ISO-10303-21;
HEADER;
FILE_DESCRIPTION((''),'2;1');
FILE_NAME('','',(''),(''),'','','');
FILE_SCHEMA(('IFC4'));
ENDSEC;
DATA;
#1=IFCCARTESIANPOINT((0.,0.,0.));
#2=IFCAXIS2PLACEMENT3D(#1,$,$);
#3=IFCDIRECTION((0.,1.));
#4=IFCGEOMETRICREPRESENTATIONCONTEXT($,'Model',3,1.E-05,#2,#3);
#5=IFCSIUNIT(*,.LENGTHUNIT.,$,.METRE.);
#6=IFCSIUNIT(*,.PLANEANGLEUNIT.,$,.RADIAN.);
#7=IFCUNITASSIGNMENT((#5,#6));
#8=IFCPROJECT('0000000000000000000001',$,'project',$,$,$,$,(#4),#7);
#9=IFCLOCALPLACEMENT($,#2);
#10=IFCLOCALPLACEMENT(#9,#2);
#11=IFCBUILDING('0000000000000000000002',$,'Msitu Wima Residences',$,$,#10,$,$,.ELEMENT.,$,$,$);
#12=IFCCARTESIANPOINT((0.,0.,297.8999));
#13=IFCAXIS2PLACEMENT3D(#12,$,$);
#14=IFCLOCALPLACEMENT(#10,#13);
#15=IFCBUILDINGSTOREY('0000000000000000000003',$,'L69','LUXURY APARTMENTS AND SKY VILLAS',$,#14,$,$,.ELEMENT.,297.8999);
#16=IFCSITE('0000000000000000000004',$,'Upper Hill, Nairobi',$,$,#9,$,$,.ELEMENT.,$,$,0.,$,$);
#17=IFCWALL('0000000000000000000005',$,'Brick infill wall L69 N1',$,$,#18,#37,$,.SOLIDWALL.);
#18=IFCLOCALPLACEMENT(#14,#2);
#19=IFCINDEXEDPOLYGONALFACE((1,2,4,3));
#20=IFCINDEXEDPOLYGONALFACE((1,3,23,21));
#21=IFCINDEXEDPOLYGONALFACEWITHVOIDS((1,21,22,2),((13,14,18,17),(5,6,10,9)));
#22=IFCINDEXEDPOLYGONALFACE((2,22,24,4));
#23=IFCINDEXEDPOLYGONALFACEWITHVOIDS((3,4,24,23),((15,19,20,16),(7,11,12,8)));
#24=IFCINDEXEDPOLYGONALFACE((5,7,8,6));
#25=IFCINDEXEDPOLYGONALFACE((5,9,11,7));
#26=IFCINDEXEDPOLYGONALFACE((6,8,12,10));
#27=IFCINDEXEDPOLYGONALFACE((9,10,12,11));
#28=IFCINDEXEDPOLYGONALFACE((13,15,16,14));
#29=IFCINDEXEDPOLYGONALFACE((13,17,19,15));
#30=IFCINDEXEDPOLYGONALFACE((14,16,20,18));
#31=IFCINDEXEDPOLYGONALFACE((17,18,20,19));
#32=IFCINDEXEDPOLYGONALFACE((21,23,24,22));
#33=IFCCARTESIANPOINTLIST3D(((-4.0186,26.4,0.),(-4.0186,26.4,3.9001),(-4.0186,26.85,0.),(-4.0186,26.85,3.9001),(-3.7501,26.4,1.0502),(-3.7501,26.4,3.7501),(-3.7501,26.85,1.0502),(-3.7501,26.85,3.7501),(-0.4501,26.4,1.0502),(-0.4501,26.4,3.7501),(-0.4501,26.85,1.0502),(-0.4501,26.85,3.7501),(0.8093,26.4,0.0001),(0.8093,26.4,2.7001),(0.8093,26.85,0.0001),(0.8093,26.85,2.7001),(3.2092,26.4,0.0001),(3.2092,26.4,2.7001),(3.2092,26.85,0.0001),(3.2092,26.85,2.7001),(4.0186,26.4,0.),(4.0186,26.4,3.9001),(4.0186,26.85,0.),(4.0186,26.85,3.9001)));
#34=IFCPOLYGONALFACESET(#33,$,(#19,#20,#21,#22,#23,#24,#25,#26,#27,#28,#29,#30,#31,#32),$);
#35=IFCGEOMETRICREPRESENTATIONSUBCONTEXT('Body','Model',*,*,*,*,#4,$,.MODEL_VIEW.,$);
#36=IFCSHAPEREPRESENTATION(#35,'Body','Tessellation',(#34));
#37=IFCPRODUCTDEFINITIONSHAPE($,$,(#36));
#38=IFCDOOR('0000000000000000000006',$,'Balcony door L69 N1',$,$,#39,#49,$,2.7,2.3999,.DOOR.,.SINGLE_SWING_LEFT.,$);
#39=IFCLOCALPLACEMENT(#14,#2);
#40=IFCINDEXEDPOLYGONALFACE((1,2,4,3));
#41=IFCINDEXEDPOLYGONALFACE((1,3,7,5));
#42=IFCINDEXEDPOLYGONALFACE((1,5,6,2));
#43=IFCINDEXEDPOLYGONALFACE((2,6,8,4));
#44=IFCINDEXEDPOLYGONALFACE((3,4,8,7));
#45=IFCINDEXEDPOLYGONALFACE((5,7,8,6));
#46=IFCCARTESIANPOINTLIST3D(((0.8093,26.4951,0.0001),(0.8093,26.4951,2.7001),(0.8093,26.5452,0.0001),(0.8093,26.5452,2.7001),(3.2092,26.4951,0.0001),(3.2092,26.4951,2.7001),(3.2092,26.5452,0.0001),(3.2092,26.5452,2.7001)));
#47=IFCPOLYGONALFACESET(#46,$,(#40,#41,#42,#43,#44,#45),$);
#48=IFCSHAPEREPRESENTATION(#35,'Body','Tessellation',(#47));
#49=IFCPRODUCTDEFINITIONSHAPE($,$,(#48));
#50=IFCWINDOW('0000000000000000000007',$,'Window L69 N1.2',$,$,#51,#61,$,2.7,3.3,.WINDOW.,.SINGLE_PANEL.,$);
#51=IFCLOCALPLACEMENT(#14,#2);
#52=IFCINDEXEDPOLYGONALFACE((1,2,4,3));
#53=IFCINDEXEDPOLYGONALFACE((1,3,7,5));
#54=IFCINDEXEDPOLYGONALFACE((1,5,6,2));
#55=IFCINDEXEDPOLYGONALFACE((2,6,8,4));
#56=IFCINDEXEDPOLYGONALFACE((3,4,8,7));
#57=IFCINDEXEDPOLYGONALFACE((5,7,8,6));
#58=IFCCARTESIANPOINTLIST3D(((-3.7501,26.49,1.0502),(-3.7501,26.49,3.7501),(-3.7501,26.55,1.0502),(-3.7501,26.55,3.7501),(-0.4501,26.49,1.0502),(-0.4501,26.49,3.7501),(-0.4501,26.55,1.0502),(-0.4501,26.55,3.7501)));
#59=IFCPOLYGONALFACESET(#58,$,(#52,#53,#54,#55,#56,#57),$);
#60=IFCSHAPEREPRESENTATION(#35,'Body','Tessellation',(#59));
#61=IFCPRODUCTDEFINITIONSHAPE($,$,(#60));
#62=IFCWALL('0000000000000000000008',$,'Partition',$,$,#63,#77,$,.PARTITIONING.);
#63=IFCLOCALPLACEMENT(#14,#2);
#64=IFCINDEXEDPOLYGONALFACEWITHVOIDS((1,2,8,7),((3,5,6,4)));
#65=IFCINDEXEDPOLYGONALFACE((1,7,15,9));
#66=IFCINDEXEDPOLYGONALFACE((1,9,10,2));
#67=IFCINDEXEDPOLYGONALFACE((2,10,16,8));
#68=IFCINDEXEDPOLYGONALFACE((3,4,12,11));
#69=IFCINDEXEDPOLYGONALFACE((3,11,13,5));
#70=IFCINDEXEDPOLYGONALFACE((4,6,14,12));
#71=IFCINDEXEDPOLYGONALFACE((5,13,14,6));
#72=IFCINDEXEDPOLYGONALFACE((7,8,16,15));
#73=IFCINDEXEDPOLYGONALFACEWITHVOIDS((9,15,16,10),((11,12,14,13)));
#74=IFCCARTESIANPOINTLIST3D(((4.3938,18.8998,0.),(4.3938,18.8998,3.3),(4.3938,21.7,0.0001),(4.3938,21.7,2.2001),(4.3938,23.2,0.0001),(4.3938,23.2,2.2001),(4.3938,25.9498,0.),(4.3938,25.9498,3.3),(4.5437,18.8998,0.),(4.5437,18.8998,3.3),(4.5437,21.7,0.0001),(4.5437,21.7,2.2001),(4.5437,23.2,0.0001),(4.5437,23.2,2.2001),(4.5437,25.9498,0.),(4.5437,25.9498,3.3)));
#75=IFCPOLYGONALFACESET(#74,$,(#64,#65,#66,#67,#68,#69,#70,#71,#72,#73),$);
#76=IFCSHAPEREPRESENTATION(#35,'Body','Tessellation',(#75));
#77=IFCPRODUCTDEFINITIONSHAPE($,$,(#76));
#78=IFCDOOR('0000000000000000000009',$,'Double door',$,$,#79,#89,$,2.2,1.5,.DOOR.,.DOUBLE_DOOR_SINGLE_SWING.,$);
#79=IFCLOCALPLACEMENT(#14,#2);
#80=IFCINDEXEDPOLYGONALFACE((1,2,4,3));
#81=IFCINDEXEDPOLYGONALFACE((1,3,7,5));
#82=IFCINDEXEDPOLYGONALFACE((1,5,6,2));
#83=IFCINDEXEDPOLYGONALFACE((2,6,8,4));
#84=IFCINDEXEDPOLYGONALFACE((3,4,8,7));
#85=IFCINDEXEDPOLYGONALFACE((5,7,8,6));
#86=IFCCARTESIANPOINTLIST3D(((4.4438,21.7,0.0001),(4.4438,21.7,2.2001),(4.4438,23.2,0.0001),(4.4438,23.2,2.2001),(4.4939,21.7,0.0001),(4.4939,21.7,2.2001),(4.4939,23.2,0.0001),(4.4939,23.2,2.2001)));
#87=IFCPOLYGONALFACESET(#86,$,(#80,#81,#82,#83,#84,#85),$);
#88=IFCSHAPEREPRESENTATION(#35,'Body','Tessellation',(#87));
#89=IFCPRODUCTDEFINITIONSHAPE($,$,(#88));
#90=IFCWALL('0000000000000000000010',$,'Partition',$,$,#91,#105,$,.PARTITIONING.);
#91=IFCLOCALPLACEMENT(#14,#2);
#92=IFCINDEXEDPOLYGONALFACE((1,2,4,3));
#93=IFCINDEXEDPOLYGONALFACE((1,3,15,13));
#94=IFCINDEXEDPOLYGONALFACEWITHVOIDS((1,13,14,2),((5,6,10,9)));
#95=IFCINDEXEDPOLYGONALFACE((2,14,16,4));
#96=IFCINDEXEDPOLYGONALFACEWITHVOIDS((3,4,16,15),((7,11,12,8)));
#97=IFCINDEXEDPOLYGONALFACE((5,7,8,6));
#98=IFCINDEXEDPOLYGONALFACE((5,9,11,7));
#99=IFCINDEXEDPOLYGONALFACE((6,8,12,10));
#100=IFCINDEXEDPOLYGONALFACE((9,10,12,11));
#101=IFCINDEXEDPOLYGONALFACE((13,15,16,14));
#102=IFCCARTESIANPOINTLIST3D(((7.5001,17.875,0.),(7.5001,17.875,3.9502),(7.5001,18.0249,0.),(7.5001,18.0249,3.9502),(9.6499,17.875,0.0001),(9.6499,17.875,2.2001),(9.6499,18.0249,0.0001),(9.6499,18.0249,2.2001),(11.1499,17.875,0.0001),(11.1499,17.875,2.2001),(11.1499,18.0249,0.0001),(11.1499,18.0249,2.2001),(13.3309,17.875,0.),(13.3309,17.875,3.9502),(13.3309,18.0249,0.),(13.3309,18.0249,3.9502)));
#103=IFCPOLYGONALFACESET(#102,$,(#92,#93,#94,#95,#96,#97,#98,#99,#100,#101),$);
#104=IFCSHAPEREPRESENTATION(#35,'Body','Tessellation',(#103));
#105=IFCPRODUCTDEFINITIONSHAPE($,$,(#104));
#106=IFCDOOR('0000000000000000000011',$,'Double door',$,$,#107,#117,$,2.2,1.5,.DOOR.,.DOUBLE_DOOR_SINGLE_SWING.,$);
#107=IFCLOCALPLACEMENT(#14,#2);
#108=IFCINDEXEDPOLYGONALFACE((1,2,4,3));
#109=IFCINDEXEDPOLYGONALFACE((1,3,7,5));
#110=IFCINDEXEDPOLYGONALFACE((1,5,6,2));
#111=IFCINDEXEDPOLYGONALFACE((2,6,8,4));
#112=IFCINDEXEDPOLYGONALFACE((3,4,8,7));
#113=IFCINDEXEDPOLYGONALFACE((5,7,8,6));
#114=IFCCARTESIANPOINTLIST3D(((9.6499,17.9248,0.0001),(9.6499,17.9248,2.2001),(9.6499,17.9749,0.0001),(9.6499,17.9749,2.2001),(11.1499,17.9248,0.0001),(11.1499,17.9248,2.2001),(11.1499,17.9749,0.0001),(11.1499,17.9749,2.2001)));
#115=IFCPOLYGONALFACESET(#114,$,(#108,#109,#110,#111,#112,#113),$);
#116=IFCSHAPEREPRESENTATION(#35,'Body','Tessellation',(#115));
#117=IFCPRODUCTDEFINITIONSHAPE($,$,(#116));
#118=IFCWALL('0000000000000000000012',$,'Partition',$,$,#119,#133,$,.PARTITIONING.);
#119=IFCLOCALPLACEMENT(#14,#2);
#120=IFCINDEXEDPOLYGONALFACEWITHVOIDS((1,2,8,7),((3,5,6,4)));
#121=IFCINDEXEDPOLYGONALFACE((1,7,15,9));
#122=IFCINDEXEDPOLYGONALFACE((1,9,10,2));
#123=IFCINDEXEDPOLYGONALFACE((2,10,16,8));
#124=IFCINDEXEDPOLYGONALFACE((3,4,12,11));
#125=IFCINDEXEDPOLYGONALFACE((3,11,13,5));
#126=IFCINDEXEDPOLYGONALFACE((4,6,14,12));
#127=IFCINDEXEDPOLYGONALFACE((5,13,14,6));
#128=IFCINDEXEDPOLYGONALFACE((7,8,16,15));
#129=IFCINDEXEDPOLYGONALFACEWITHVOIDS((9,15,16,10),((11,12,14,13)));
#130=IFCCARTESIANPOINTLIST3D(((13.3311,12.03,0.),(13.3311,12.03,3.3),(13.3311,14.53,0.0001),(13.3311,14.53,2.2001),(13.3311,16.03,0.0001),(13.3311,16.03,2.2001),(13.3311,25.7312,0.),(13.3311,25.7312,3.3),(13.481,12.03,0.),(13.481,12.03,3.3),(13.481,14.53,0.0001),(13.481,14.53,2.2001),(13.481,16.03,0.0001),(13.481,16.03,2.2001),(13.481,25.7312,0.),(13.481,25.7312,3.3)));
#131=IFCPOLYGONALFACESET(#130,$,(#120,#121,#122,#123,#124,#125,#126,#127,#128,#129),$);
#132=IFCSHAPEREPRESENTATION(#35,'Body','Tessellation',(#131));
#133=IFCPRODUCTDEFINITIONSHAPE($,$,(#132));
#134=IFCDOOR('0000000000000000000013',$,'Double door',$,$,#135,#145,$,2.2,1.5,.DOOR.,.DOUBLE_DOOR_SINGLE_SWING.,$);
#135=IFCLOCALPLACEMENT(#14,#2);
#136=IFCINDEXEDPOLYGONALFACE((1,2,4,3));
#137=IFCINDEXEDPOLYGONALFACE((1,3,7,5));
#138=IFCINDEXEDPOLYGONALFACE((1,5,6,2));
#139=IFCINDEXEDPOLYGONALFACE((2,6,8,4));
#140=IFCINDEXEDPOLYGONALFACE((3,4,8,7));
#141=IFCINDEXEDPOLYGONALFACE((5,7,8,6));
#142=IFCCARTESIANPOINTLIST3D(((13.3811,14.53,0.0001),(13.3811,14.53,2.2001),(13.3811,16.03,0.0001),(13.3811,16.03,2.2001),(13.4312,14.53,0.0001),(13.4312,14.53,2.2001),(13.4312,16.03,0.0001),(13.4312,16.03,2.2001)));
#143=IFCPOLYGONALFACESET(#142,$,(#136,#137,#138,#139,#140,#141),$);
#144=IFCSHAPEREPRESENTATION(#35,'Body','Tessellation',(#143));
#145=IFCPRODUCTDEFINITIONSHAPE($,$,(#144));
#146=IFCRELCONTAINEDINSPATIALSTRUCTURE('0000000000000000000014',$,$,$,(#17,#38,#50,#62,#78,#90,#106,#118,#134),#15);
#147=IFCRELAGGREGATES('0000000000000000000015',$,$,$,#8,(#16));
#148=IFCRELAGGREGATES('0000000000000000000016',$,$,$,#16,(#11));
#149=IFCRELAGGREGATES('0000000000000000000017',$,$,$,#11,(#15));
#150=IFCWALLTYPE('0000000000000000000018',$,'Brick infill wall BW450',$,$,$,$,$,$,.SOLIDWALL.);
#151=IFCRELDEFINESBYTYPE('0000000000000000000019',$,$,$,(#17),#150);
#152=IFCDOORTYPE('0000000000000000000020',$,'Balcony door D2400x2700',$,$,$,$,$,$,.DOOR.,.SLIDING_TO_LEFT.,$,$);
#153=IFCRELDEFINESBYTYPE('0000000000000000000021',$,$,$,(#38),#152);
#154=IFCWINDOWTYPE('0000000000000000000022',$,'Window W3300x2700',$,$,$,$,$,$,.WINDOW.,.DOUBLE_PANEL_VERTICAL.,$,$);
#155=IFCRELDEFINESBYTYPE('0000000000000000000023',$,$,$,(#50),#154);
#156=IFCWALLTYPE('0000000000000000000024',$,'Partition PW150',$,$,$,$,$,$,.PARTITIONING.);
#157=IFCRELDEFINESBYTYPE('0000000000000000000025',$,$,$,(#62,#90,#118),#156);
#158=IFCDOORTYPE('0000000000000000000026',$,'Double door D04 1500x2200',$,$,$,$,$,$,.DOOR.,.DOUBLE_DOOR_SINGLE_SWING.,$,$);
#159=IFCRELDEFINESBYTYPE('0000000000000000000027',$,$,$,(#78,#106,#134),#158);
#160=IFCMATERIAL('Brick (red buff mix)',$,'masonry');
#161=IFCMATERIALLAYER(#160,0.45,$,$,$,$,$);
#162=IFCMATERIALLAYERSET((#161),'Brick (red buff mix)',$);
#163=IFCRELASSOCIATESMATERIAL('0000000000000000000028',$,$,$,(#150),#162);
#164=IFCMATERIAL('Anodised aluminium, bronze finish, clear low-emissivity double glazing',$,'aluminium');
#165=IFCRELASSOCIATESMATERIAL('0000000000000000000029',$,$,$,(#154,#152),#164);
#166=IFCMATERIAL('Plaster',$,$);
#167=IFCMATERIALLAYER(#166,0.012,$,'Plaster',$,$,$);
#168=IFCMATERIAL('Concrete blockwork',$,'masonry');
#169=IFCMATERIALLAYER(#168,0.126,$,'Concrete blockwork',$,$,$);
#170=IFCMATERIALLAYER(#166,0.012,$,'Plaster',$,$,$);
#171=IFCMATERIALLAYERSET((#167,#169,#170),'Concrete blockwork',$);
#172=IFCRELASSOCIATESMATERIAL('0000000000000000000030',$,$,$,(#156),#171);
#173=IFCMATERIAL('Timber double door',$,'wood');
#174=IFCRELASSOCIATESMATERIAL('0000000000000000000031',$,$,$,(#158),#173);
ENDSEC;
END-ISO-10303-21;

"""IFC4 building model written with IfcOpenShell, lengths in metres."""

from ifc_helpers import new_model, si_unit, direction, frame, frame_2d, origin, place, context, subcontext, project, spatial, rectangle, extrude, material, layer, layer_set, type_object, element, fill, save


model = new_model("IFC4")

# Units and contexts
model_context = context("Model", 3, precision=1e-05, world=origin(), true_north=direction((0.0, 1.0)))
body_context = subcontext(model_context, "Body", "Model", "MODEL_VIEW")
ifc_project = project(units=[si_unit("LENGTHUNIT", "METRE"), si_unit("PLANEANGLEUNIT", "RADIAN")], contexts=[model_context])

# Site, building, storey
site_placement = place(None, origin())
site = spatial("IfcSite", under=ifc_project, at=site_placement, Name="Upper Hill, Nairobi", CompositionType="ELEMENT", RefElevation=0.0)
building_placement = place(site_placement, origin())
building = spatial("IfcBuilding", under=site, at=building_placement, Name="Msitu Wima Residences", CompositionType="ELEMENT")
storey_placement = place(building_placement, frame((0.0, 0.0, 297.8999)))
storey = spatial("IfcBuildingStorey", under=building, at=storey_placement, Name="L69", Description="LUXURY APARTMENTS AND SKY VILLAS", CompositionType="ELEMENT", Elevation=297.8999)

# Shared definitions
ifc_material_1 = material(Name="Brick (red buff mix)", Category="masonry")
ifc_layer_1 = layer(ifc_material_1, 0.45)
ifc_layer_set_1 = layer_set([ifc_layer_1], Name="Brick (red buff mix)")
wall_type_1 = type_object("IfcWallType", Name="Brick infill wall BW450", PredefinedType="SOLIDWALL", material=ifc_layer_set_1)
ifc_material_2 = material(Name="Anodised aluminium, bronze finish, clear low-emissivity double glazing", Category="aluminium")
window_type = type_object("IfcWindowType", Name="Window W3300x2700", PartitioningType="DOUBLE_PANEL_VERTICAL", PredefinedType="WINDOW", material=ifc_material_2)

# Wall, openings, door, window
wall_1_placement = place(storey_placement, frame((4.0186, 26.625, 0.0), z_axis=(0.0, 0.0, 1.0), x_axis=(-1.0, 0.0, 0.0)))
wall_1 = element("IfcWall", 1, at=wall_1_placement, inside=storey, type_object=wall_type_1, Name="Brick infill wall L69 N1", PredefinedType="SOLIDWALL", context=body_context, shape_type="SweptSolid", body=[
    extrude(rectangle(XDim=8.0371, YDim=0.45, at=frame_2d((4.0186, 0.0))), origin(), (0.0, 0.0, 1.0), 3.9001),
])
opening_1_placement = place(wall_1_placement, frame((0.8093, 0.0, 0.0)))
opening_1 = element("IfcOpeningElement", 2, at=opening_1_placement, cuts=wall_1, PredefinedType="OPENING", context=body_context, shape_type="SweptSolid", body=[
    extrude(rectangle(XDim=2.3999, YDim=2.7, at=frame_2d((1.2, 1.3501))), frame((0.0, 0.2349, 0.0), z_axis=(0.0, -1.0, 0.0), x_axis=(1.0, 0.0, 0.0)), (0.0, 0.0, 1.0), 0.47),
])
opening_2_placement = place(wall_1_placement, frame((4.4688, 0.0, 1.05)))
opening_2 = element("IfcOpeningElement", 3, at=opening_2_placement, cuts=wall_1, PredefinedType="OPENING", context=body_context, shape_type="SweptSolid", body=[
    extrude(rectangle(XDim=3.3, YDim=2.7, at=frame_2d((1.6499, 1.3501))), frame((0.0, 0.2349, 0.0), z_axis=(0.0, -1.0, 0.0), x_axis=(1.0, 0.0, 0.0)), (0.0, 0.0, 1.0), 0.47),
])
door_type_1 = type_object("IfcDoorType", Name="Balcony door D2400x2700", OperationType="SLIDING_TO_LEFT", PredefinedType="DOOR", material=ifc_material_2)
door_1_placement = place(opening_1_placement, origin())
door_1 = element("IfcDoor", 4, at=door_1_placement, inside=storey, type_object=door_type_1, Name="Balcony door L69 N1", OperationType="SINGLE_SWING_LEFT", OverallHeight=2.7, OverallWidth=2.3999, PredefinedType="DOOR", context=body_context, shape_type="SweptSolid", body=[
    extrude(rectangle(XDim=2.3999, YDim=2.7, at=frame_2d((1.2, 1.3501))), frame((0.0, 0.1299, 0.0), z_axis=(0.0, -1.0, 0.0), x_axis=(1.0, 0.0, 0.0)), (0.0, 0.0, 1.0), 0.05),
])
fill(opening_1, door_1)
window_1_placement = place(opening_2_placement, origin())
window_1 = element("IfcWindow", 5, at=window_1_placement, inside=storey, type_object=window_type, Name="Window L69 N1.2", OverallHeight=2.7, OverallWidth=3.3, PartitioningType="SINGLE_PANEL", PredefinedType="WINDOW", context=body_context, shape_type="SweptSolid", body=[
    extrude(rectangle(XDim=3.3, YDim=2.7, at=frame_2d((1.6499, 1.3501))), frame((0.0, 0.135, 0.0), z_axis=(0.0, -1.0, 0.0), x_axis=(1.0, 0.0, 0.0)), (0.0, 0.0, 1.0), 0.0601),
])
fill(opening_2, window_1)

# Walls, openings, doors
ifc_material_3 = material(Name="Plaster")
ifc_layer_2 = layer(ifc_material_3, 0.012, Name="Plaster")
ifc_material_4 = material(Name="Concrete blockwork", Category="masonry")
ifc_layer_3 = layer(ifc_material_4, 0.126, Name="Concrete blockwork")
ifc_layer_4 = layer(ifc_material_3, 0.012, Name="Plaster")
ifc_layer_set_2 = layer_set([ifc_layer_2, ifc_layer_3, ifc_layer_4], Name="Concrete blockwork")
wall_type_2 = type_object("IfcWallType", Name="Partition PW150", PredefinedType="PARTITIONING", material=ifc_layer_set_2)
wall_2_placement = place(storey_placement, frame((4.4688, 18.8999, 0.0), z_axis=(0.0, 0.0, 1.0), x_axis=(0.0, 1.0, 0.0)))
wall_2 = element("IfcWall", 6, at=wall_2_placement, inside=storey, type_object=wall_type_2, Name="Partition", PredefinedType="PARTITIONING", context=body_context, shape_type="SweptSolid", body=[
    extrude(rectangle(XDim=7.05, YDim=0.1499, at=frame_2d((3.5249, 0.0))), origin(), (0.0, 0.0, 1.0), 3.3),
])
opening_3_placement = place(wall_2_placement, frame((2.8, 0.0, 0.0)))
opening_3 = element("IfcOpeningElement", 7, at=opening_3_placement, cuts=wall_2, PredefinedType="OPENING", context=body_context, shape_type="SweptSolid", body=[
    extrude(rectangle(XDim=1.5, YDim=2.2, at=frame_2d((0.75, 1.1001))), frame((0.0, 0.085, 0.0), z_axis=(0.0, -1.0, 0.0), x_axis=(1.0, 0.0, 0.0)), (0.0, 0.0, 1.0), 0.1699),
])
ifc_material_5 = material(Name="Timber double door", Category="wood")
door_type_2 = type_object("IfcDoorType", Name="Double door D04 1500x2200", OperationType="DOUBLE_DOOR_SINGLE_SWING", PredefinedType="DOOR", material=ifc_material_5)
door_2_placement = place(opening_3_placement, origin())
door_2 = element("IfcDoor", 8, at=door_2_placement, inside=storey, type_object=door_type_2, Name="Double door", OperationType="DOUBLE_DOOR_SINGLE_SWING", OverallHeight=2.2, OverallWidth=1.5, PredefinedType="DOOR", context=body_context, shape_type="SweptSolid", body=[
    extrude(rectangle(XDim=1.5, YDim=2.2, at=frame_2d((0.75, 1.1001))), frame((0.0, 0.0249, 0.0), z_axis=(0.0, -1.0, 0.0), x_axis=(1.0, 0.0, 0.0)), (0.0, 0.0, 1.0), 0.05),
])
fill(opening_3, door_2)
wall_3_placement = place(storey_placement, frame((7.5, 17.95, 0.0), z_axis=(0.0, 0.0, 1.0), x_axis=(1.0, 0.0, 0.0)))
wall_3 = element("IfcWall", 9, at=wall_3_placement, inside=storey, type_object=wall_type_2, Name="Partition", PredefinedType="PARTITIONING", context=body_context, shape_type="SweptSolid", body=[
    extrude(rectangle(XDim=5.8308, YDim=0.1499, at=frame_2d((2.9155, 0.0))), origin(), (0.0, 0.0, 1.0), 3.9502),
])
opening_4_placement = place(wall_3_placement, frame((2.1499, 0.0, 0.0)))
opening_4 = element("IfcOpeningElement", 10, at=opening_4_placement, cuts=wall_3, PredefinedType="OPENING", context=body_context, shape_type="SweptSolid", body=[
    extrude(rectangle(XDim=1.5, YDim=2.2, at=frame_2d((0.75, 1.1001))), frame((0.0, 0.085, 0.0), z_axis=(0.0, -1.0, 0.0), x_axis=(1.0, 0.0, 0.0)), (0.0, 0.0, 1.0), 0.1699),
])
door_3_placement = place(opening_4_placement, origin())
door_3 = element("IfcDoor", 11, at=door_3_placement, inside=storey, type_object=door_type_2, Name="Double door", OperationType="DOUBLE_DOOR_SINGLE_SWING", OverallHeight=2.2, OverallWidth=1.5, PredefinedType="DOOR", context=body_context, shape_type="SweptSolid", body=[
    extrude(rectangle(XDim=1.5, YDim=2.2, at=frame_2d((0.75, 1.1001))), frame((0.0, 0.0249, 0.0), z_axis=(0.0, -1.0, 0.0), x_axis=(1.0, 0.0, 0.0)), (0.0, 0.0, 1.0), 0.05),
])
fill(opening_4, door_3)
wall_4_placement = place(storey_placement, frame((13.406, 12.03, 0.0), z_axis=(0.0, 0.0, 1.0), x_axis=(0.0, 1.0, 0.0)))
wall_4 = element("IfcWall", 12, at=wall_4_placement, inside=storey, type_object=wall_type_2, Name="Partition", PredefinedType="PARTITIONING", context=body_context, shape_type="SweptSolid", body=[
    extrude(rectangle(XDim=13.7012, YDim=0.1499, at=frame_2d((6.8506, 0.0))), origin(), (0.0, 0.0, 1.0), 3.3),
])
opening_5_placement = place(wall_4_placement, frame((2.5, 0.0, 0.0)))
opening_5 = element("IfcOpeningElement", 13, at=opening_5_placement, cuts=wall_4, PredefinedType="OPENING", context=body_context, shape_type="SweptSolid", body=[
    extrude(rectangle(XDim=1.5, YDim=2.2, at=frame_2d((0.75, 1.1001))), frame((0.0, 0.085, 0.0), z_axis=(0.0, -1.0, 0.0), x_axis=(1.0, 0.0, 0.0)), (0.0, 0.0, 1.0), 0.1699),
])
door_4_placement = place(opening_5_placement, origin())
door_4 = element("IfcDoor", 14, at=door_4_placement, inside=storey, type_object=door_type_2, Name="Double door", OperationType="DOUBLE_DOOR_SINGLE_SWING", OverallHeight=2.2, OverallWidth=1.5, PredefinedType="DOOR", context=body_context, shape_type="SweptSolid", body=[
    extrude(rectangle(XDim=1.5, YDim=2.2, at=frame_2d((0.75, 1.1001))), frame((0.0, 0.0249, 0.0), z_axis=(0.0, -1.0, 0.0), x_axis=(1.0, 0.0, 0.0)), (0.0, 0.0, 1.0), 0.05),
])
fill(opening_5, door_4)

save(model, "model.ifc")
